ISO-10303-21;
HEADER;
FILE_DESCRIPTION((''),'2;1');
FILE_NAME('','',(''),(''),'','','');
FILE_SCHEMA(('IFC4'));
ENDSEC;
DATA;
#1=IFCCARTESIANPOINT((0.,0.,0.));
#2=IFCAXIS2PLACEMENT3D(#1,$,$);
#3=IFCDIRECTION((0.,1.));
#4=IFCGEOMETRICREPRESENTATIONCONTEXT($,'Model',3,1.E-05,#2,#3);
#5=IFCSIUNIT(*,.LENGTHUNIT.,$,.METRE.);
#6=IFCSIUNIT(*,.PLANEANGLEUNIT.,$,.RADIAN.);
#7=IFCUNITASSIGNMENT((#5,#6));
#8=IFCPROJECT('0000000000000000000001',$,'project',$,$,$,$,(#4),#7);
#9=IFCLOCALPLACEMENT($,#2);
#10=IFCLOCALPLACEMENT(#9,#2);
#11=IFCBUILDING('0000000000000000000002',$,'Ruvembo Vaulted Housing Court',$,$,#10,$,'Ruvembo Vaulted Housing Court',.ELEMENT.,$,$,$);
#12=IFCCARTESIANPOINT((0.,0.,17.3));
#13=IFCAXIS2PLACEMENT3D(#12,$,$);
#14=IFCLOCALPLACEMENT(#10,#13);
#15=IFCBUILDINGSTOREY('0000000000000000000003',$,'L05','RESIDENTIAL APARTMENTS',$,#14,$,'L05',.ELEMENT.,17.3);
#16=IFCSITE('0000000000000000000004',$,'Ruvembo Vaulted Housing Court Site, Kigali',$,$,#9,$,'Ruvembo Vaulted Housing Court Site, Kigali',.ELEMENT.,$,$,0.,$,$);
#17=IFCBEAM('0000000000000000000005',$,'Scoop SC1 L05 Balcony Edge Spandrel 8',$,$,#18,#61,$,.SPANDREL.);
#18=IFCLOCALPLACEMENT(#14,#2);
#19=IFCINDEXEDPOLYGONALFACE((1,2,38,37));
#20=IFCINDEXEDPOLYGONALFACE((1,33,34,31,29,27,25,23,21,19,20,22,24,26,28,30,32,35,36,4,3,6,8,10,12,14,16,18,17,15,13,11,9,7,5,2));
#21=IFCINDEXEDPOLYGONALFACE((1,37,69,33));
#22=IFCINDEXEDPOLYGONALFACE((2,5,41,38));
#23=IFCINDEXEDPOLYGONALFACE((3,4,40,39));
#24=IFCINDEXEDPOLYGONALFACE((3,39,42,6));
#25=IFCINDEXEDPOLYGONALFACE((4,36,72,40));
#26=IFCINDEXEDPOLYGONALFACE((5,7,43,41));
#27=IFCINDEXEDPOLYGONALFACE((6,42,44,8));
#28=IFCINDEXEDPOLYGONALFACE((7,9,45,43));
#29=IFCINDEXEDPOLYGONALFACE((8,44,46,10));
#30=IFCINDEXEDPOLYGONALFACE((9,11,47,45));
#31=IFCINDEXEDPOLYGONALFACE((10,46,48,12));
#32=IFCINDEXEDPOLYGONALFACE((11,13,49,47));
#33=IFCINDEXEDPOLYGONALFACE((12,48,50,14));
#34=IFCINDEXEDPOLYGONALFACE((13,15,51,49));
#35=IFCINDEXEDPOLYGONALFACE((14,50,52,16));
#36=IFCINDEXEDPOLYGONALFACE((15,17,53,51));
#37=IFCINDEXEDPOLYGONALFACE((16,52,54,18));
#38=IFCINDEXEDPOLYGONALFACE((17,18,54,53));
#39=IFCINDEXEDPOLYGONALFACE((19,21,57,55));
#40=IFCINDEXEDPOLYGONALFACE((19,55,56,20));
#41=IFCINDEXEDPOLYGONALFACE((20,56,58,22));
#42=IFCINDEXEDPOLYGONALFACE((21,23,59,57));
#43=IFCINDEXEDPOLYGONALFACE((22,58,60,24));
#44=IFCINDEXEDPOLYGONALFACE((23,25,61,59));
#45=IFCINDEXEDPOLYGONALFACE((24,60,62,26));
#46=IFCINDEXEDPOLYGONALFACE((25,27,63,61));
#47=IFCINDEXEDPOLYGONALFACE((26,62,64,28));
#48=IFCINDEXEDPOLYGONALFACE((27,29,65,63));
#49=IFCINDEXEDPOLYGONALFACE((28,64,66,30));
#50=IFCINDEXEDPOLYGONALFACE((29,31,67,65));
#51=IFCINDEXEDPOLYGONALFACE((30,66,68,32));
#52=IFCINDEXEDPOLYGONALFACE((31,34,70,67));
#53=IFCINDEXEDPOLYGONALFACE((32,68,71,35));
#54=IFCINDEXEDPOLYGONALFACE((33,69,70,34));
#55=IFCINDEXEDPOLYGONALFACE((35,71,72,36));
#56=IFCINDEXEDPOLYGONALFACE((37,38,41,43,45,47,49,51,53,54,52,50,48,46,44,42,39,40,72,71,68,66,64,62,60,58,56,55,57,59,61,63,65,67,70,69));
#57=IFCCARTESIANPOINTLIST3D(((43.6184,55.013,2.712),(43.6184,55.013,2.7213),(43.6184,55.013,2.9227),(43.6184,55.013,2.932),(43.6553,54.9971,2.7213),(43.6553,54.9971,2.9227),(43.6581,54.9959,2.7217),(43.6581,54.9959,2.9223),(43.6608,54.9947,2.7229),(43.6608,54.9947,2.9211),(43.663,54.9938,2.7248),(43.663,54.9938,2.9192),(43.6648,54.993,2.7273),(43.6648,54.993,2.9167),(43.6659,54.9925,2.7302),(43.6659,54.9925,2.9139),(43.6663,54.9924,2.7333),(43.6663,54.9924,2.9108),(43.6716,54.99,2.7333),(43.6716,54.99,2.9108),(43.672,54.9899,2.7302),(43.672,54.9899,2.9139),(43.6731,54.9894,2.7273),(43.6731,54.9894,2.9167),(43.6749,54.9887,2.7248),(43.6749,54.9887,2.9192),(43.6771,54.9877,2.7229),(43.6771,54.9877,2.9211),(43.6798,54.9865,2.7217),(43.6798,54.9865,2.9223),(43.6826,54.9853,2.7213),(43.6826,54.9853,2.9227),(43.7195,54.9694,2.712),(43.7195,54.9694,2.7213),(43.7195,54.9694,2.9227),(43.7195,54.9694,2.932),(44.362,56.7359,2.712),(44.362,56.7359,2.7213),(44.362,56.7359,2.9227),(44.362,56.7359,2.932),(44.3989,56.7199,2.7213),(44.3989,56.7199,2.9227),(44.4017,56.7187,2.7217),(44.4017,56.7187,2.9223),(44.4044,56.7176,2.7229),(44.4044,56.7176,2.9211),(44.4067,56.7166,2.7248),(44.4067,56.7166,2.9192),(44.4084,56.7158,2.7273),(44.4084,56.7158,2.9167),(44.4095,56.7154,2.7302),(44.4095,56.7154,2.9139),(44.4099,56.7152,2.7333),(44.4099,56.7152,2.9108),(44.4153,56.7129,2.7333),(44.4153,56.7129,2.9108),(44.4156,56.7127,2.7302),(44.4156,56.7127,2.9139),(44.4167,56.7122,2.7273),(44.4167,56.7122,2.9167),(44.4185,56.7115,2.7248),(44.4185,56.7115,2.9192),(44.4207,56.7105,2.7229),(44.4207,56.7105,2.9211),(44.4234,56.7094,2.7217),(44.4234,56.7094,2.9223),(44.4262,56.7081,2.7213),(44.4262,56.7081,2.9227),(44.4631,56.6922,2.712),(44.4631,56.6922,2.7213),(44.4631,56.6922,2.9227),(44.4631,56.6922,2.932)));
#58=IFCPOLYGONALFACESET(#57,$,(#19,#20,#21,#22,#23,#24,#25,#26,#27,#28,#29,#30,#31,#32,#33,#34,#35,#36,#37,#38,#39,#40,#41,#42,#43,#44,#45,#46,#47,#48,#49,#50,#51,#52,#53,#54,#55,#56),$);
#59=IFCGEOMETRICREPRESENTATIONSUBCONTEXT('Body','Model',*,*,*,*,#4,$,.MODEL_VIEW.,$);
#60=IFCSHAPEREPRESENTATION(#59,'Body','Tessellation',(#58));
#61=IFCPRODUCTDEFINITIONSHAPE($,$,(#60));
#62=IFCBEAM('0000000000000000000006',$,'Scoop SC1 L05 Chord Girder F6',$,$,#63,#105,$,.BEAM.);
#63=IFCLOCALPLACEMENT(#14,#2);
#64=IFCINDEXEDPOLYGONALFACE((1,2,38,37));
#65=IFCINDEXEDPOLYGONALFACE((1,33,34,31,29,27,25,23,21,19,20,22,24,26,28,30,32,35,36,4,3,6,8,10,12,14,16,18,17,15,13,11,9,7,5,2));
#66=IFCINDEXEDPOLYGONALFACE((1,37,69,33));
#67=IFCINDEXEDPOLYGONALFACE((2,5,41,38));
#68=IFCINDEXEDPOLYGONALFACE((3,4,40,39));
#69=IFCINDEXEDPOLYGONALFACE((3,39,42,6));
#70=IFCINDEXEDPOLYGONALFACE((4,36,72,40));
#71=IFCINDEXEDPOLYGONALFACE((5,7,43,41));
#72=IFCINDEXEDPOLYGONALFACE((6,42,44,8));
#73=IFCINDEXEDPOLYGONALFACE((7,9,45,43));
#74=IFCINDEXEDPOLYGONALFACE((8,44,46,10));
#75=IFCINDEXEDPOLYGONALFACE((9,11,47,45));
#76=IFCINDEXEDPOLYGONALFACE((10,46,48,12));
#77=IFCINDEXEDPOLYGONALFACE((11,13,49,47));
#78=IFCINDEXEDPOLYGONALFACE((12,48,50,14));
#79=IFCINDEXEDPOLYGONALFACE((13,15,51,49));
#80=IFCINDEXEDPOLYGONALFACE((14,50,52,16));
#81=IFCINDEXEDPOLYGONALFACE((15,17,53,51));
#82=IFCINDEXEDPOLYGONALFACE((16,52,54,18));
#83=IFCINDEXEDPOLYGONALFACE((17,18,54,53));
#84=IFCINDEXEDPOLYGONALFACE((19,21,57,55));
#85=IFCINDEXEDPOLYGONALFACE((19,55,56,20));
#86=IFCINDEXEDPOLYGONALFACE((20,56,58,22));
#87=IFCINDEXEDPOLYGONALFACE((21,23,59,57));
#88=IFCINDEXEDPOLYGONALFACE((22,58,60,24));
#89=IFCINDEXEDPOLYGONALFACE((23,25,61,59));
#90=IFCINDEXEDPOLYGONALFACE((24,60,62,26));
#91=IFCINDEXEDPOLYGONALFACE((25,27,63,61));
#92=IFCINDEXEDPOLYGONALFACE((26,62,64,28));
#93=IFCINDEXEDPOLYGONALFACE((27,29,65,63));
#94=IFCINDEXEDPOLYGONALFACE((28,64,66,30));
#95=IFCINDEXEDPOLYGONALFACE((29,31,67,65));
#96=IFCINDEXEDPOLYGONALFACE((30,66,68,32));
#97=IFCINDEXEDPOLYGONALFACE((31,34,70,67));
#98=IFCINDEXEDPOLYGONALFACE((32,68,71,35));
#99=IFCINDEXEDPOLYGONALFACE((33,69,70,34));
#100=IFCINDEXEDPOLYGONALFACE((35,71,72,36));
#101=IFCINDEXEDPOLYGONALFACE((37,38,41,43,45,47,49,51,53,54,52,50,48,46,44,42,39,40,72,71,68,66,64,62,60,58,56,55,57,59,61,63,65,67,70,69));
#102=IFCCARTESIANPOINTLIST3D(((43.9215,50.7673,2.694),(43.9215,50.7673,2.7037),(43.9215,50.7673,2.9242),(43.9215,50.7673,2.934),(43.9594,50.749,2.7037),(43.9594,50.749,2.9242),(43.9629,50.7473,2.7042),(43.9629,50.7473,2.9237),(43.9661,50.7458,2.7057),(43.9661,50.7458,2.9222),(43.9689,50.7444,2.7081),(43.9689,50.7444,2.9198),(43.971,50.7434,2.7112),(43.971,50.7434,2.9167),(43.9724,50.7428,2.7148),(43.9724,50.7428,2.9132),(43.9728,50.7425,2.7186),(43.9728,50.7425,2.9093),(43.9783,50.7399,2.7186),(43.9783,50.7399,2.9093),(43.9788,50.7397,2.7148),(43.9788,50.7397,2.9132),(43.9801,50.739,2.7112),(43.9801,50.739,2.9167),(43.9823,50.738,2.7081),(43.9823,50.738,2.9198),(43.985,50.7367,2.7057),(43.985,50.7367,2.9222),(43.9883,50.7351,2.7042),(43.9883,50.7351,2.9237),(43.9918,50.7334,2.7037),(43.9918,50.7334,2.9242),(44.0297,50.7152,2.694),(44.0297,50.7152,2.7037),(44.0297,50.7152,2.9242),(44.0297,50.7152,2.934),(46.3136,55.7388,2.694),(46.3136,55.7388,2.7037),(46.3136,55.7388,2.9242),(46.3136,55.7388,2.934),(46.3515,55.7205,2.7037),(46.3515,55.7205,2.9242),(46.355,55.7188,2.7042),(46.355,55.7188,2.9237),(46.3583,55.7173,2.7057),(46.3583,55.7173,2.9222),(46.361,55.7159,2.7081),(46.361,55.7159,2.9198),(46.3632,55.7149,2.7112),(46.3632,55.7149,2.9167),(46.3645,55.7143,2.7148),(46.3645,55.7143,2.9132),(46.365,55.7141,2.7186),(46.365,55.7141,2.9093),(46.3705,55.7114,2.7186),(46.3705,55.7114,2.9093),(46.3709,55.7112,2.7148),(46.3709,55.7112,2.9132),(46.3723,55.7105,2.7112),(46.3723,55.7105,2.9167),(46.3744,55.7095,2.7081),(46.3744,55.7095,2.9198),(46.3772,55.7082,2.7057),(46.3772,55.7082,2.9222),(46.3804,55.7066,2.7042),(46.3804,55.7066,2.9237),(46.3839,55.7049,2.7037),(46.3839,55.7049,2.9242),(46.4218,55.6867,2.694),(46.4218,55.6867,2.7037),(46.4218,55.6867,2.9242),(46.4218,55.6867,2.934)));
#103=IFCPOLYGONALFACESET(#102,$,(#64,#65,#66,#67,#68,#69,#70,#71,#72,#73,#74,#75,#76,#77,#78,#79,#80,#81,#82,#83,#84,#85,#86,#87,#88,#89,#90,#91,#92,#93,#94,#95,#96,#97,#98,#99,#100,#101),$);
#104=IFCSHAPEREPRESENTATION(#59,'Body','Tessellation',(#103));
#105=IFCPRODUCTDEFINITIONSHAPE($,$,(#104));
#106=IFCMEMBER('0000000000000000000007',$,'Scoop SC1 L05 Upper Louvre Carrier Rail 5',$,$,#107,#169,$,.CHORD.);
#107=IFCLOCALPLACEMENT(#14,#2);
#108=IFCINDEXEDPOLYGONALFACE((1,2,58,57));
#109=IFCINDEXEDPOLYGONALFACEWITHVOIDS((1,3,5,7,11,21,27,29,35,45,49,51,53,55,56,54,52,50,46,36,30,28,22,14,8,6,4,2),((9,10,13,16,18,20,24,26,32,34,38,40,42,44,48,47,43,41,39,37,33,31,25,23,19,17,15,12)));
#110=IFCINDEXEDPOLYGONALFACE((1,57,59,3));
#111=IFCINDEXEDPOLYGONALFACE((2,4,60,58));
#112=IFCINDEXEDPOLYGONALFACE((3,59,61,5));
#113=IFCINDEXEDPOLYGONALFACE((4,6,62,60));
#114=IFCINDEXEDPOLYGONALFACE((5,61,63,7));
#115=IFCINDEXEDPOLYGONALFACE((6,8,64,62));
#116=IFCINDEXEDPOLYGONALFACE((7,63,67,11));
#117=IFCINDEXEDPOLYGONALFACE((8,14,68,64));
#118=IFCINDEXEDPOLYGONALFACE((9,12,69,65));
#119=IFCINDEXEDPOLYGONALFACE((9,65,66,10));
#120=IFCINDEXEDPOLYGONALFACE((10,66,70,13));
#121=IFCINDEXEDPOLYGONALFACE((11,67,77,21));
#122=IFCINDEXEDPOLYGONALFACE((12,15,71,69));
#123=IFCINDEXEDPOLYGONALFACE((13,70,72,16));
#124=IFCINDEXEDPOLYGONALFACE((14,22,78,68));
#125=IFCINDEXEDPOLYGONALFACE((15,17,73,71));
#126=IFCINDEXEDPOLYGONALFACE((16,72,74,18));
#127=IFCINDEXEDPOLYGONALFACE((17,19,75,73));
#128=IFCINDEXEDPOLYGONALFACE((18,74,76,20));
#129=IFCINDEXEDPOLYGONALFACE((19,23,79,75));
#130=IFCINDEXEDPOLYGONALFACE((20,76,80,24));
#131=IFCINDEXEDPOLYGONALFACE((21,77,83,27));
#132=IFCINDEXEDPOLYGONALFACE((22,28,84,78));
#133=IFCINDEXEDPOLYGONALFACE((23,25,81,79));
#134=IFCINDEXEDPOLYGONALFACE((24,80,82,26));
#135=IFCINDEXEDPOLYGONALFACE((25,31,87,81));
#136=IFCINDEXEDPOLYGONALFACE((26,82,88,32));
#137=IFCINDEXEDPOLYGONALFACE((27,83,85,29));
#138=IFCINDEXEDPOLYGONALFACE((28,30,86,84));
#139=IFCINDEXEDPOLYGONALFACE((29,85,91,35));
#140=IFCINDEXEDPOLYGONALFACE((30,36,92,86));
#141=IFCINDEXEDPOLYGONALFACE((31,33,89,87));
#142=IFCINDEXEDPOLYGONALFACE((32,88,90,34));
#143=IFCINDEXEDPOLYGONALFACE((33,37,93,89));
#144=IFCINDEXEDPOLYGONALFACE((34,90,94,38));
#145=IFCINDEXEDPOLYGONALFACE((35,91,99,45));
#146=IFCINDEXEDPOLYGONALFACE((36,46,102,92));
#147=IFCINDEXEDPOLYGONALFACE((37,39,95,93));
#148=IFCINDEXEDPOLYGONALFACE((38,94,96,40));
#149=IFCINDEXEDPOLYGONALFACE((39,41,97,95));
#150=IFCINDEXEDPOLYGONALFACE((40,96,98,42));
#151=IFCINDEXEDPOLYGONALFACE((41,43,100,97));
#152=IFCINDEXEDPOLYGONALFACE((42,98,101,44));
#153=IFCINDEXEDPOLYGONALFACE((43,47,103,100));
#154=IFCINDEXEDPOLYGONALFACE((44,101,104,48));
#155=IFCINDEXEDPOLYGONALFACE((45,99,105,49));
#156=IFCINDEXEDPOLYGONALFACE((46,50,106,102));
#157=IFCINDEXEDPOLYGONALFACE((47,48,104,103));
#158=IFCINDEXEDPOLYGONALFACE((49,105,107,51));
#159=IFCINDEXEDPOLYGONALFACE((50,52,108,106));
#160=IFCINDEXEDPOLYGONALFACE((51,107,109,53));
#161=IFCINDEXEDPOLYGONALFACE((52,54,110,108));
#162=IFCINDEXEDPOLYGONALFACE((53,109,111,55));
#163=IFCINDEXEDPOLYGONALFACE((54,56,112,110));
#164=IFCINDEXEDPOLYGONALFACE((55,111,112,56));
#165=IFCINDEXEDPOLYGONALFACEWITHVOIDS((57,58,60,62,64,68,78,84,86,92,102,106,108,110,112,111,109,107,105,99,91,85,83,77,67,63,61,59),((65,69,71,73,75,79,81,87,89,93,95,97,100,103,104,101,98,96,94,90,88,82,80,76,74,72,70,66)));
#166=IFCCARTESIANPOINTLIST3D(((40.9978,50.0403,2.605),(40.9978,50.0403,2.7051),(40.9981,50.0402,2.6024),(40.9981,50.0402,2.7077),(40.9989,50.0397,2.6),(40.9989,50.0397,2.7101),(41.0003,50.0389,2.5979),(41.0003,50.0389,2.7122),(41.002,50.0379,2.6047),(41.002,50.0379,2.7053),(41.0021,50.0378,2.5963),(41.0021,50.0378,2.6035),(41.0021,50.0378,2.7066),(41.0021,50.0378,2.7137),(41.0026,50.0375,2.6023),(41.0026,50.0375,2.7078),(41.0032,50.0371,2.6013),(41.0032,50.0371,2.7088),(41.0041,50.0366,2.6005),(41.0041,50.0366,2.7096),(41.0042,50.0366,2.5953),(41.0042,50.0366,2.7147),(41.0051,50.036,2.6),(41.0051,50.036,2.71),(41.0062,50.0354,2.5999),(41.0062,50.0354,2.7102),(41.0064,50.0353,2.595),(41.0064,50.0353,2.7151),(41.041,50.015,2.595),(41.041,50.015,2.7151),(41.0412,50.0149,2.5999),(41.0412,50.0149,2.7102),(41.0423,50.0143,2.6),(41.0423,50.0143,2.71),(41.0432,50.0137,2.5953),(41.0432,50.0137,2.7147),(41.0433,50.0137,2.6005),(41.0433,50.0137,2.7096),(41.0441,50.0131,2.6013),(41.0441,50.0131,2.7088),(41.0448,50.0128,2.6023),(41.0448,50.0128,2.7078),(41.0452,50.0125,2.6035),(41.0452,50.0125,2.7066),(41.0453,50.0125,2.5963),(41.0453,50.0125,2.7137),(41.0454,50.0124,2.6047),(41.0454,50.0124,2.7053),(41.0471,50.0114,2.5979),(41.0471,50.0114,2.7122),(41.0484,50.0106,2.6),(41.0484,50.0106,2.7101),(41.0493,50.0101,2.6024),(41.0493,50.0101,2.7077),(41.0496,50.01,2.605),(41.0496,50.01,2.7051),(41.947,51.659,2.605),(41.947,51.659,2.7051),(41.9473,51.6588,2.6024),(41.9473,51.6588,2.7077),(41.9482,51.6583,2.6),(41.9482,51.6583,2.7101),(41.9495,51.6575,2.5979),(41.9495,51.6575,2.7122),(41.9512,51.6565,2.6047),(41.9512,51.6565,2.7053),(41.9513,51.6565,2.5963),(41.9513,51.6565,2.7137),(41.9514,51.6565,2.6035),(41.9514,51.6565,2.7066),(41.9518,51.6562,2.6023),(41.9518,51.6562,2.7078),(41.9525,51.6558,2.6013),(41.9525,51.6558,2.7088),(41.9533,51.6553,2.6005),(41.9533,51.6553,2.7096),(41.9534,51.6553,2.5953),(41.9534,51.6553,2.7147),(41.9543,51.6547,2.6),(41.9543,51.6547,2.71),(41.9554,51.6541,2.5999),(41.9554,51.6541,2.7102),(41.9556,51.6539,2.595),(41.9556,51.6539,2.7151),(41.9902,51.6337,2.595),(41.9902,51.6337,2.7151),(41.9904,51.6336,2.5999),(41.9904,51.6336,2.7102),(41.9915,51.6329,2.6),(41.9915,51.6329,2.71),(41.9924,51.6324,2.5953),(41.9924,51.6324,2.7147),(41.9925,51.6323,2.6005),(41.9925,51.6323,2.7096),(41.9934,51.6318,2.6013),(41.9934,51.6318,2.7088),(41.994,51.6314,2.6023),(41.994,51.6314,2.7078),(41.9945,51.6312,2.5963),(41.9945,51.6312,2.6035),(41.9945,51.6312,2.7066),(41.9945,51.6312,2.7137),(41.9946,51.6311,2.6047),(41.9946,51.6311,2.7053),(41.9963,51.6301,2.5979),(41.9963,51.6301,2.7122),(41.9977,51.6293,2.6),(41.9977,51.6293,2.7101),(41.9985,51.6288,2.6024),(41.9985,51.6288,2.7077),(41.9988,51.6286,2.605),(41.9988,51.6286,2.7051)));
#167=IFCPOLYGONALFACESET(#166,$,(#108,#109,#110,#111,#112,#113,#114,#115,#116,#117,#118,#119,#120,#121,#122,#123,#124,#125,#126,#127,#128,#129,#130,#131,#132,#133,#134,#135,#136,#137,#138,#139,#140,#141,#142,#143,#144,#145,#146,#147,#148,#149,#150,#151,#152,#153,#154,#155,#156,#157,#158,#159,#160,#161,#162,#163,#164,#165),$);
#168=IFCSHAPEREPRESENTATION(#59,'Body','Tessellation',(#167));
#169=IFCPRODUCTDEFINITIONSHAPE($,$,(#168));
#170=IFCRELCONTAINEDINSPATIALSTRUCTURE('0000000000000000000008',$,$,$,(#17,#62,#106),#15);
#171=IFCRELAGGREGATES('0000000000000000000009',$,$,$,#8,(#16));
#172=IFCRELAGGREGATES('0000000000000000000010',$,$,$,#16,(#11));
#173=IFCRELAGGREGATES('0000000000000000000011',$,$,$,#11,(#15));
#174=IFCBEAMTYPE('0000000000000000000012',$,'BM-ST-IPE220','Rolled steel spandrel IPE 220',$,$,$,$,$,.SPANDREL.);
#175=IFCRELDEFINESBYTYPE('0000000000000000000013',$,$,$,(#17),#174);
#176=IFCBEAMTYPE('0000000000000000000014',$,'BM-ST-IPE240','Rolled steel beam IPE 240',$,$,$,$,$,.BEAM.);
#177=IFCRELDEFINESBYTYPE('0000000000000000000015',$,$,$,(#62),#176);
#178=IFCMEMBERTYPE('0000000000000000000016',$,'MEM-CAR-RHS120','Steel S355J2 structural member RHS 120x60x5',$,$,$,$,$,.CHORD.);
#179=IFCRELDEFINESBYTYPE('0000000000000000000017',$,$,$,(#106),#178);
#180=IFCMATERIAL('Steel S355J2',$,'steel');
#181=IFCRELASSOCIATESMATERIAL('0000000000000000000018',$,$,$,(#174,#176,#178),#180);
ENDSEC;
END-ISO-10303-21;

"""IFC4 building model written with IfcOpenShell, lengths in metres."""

from ifc_helpers import new_model, si_unit, direction, frame, origin, origin_2d, place, context, subcontext, project, spatial, hollow_rectangle, i_section, extrude, material, material_profile, profile_set, type_object, element, save


model = new_model("IFC4")

# Units and contexts
model_context = context("Model", 3, precision=1e-05, world=origin(), true_north=direction((0.0, 1.0)))
body_context = subcontext(model_context, "Body", "Model", "MODEL_VIEW")
ifc_project = project(units=[si_unit("LENGTHUNIT", "METRE"), si_unit("PLANEANGLEUNIT", "RADIAN")], contexts=[model_context])

# Site, building, storey
site_placement = place(None, origin())
site = spatial("IfcSite", under=ifc_project, at=site_placement, Name="Ruvembo Vaulted Housing Court Site, Kigali", LongName="Ruvembo Vaulted Housing Court Site, Kigali", CompositionType="ELEMENT", RefElevation=0.0)
building_placement = place(site_placement, origin())
building = spatial("IfcBuilding", under=site, at=building_placement, Name="Ruvembo Vaulted Housing Court", LongName="Ruvembo Vaulted Housing Court", CompositionType="ELEMENT")
storey_placement = place(building_placement, frame((0.0, 0.0, 17.3)))
storey = spatial("IfcBuildingStorey", under=building, at=storey_placement, Name="L05", Description="RESIDENTIAL APARTMENTS", LongName="L05", CompositionType="ELEMENT", Elevation=17.3)

# Beams
ifc_material_1 = material(Name="Steel S355J2", Category="steel")
ifc_material_profile_1 = material_profile(ifc_material_1, i_section(OverallWidth=0.1101, OverallDepth=0.22, WebThickness=0.0059, FlangeThickness=0.0093, FilletRadius=0.012, at=origin_2d()), Name="IPE 220")
ifc_profile_set_1 = profile_set([ifc_material_profile_1], Name="Steel S355J2")
beam_type_1 = type_object("IfcBeamType", Name="BM-ST-IPE220", Description="Rolled steel spandrel IPE 220", PredefinedType="SPANDREL", material=ifc_profile_set_1)
for number, where, z_axis, x_axis, name in (
    (1, (43.6689, 54.9912, 2.822), (0.396289, 0.918126, 0.0), (-0.918126, 0.396289, 0.0), "Scoop SC1 L05 Balcony Edge Spandrel 8"),
):
    element("IfcBeam", number, at=place(storey_placement, frame(where, z_axis=z_axis, x_axis=x_axis)), inside=storey, type_object=beam_type_1, Name=name, PredefinedType="SPANDREL", context=body_context, shape_type="SweptSolid", body=[
        extrude(i_section(OverallWidth=0.1101, OverallDepth=0.22, WebThickness=0.0059, FlangeThickness=0.0093, FilletRadius=0.012, at=origin_2d()), origin(), (0.0, 0.0, 1.0), 1.8765),
    ])
ifc_material_profile_2 = material_profile(ifc_material_1, i_section(OverallWidth=0.1201, OverallDepth=0.24, WebThickness=0.0061, FlangeThickness=0.0098, FilletRadius=0.0149, at=origin_2d()), Name="IPE 240")
ifc_profile_set_2 = profile_set([ifc_material_profile_2], Name="Steel S355J2")
beam_type_2 = type_object("IfcBeamType", Name="BM-ST-IPE240", Description="Rolled steel beam IPE 240", PredefinedType="BEAM", material=ifc_profile_set_2)
beam_1_placement = place(storey_placement, frame((43.9756, 50.7412, 2.814), z_axis=(0.433585, 0.901112, 0.0), x_axis=(-0.901112, 0.433585, 0.0)))
element("IfcBeam", 2, at=beam_1_placement, inside=storey, type_object=beam_type_2, Name="Scoop SC1 L05 Chord Girder F6", PredefinedType="BEAM", context=body_context, shape_type="SweptSolid", body=[
    extrude(i_section(OverallWidth=0.1201, OverallDepth=0.24, WebThickness=0.0061, FlangeThickness=0.0098, FilletRadius=0.0149, at=origin_2d()), origin(), (0.0, 0.0, 1.0), 5.5171),
])

# Member
ifc_material_profile_3 = material_profile(ifc_material_1, hollow_rectangle(XDim=0.0601, YDim=0.1201, WallThickness=0.0049, InnerFilletRadius=0.0049, OuterFilletRadius=0.01, at=origin_2d()), Name="RHS 120x60x5")
ifc_profile_set_3 = profile_set([ifc_material_profile_3], Name="Steel S355J2")
member_type_1 = type_object("IfcMemberType", Name="MEM-CAR-RHS120", Description="Steel S355J2 structural member RHS 120x60x5", PredefinedType="CHORD", material=ifc_profile_set_3)
member_1_placement = place(storey_placement, frame((41.0237, 50.0251, 2.655), z_axis=(0.50586, 0.862616, 0.0), x_axis=(-0.862616, 0.50586, 0.0)))
element("IfcMember", 3, at=member_1_placement, inside=storey, type_object=member_type_1, Name="Scoop SC1 L05 Upper Louvre Carrier Rail 5", PredefinedType="CHORD", context=body_context, shape_type="SweptSolid", body=[
    extrude(hollow_rectangle(XDim=0.0601, YDim=0.1201, WallThickness=0.0049, InnerFilletRadius=0.0049, OuterFilletRadius=0.01, at=origin_2d()), origin(), (0.0, 0.0, 1.0), 1.8765),
])

save(model, "model.ifc")
